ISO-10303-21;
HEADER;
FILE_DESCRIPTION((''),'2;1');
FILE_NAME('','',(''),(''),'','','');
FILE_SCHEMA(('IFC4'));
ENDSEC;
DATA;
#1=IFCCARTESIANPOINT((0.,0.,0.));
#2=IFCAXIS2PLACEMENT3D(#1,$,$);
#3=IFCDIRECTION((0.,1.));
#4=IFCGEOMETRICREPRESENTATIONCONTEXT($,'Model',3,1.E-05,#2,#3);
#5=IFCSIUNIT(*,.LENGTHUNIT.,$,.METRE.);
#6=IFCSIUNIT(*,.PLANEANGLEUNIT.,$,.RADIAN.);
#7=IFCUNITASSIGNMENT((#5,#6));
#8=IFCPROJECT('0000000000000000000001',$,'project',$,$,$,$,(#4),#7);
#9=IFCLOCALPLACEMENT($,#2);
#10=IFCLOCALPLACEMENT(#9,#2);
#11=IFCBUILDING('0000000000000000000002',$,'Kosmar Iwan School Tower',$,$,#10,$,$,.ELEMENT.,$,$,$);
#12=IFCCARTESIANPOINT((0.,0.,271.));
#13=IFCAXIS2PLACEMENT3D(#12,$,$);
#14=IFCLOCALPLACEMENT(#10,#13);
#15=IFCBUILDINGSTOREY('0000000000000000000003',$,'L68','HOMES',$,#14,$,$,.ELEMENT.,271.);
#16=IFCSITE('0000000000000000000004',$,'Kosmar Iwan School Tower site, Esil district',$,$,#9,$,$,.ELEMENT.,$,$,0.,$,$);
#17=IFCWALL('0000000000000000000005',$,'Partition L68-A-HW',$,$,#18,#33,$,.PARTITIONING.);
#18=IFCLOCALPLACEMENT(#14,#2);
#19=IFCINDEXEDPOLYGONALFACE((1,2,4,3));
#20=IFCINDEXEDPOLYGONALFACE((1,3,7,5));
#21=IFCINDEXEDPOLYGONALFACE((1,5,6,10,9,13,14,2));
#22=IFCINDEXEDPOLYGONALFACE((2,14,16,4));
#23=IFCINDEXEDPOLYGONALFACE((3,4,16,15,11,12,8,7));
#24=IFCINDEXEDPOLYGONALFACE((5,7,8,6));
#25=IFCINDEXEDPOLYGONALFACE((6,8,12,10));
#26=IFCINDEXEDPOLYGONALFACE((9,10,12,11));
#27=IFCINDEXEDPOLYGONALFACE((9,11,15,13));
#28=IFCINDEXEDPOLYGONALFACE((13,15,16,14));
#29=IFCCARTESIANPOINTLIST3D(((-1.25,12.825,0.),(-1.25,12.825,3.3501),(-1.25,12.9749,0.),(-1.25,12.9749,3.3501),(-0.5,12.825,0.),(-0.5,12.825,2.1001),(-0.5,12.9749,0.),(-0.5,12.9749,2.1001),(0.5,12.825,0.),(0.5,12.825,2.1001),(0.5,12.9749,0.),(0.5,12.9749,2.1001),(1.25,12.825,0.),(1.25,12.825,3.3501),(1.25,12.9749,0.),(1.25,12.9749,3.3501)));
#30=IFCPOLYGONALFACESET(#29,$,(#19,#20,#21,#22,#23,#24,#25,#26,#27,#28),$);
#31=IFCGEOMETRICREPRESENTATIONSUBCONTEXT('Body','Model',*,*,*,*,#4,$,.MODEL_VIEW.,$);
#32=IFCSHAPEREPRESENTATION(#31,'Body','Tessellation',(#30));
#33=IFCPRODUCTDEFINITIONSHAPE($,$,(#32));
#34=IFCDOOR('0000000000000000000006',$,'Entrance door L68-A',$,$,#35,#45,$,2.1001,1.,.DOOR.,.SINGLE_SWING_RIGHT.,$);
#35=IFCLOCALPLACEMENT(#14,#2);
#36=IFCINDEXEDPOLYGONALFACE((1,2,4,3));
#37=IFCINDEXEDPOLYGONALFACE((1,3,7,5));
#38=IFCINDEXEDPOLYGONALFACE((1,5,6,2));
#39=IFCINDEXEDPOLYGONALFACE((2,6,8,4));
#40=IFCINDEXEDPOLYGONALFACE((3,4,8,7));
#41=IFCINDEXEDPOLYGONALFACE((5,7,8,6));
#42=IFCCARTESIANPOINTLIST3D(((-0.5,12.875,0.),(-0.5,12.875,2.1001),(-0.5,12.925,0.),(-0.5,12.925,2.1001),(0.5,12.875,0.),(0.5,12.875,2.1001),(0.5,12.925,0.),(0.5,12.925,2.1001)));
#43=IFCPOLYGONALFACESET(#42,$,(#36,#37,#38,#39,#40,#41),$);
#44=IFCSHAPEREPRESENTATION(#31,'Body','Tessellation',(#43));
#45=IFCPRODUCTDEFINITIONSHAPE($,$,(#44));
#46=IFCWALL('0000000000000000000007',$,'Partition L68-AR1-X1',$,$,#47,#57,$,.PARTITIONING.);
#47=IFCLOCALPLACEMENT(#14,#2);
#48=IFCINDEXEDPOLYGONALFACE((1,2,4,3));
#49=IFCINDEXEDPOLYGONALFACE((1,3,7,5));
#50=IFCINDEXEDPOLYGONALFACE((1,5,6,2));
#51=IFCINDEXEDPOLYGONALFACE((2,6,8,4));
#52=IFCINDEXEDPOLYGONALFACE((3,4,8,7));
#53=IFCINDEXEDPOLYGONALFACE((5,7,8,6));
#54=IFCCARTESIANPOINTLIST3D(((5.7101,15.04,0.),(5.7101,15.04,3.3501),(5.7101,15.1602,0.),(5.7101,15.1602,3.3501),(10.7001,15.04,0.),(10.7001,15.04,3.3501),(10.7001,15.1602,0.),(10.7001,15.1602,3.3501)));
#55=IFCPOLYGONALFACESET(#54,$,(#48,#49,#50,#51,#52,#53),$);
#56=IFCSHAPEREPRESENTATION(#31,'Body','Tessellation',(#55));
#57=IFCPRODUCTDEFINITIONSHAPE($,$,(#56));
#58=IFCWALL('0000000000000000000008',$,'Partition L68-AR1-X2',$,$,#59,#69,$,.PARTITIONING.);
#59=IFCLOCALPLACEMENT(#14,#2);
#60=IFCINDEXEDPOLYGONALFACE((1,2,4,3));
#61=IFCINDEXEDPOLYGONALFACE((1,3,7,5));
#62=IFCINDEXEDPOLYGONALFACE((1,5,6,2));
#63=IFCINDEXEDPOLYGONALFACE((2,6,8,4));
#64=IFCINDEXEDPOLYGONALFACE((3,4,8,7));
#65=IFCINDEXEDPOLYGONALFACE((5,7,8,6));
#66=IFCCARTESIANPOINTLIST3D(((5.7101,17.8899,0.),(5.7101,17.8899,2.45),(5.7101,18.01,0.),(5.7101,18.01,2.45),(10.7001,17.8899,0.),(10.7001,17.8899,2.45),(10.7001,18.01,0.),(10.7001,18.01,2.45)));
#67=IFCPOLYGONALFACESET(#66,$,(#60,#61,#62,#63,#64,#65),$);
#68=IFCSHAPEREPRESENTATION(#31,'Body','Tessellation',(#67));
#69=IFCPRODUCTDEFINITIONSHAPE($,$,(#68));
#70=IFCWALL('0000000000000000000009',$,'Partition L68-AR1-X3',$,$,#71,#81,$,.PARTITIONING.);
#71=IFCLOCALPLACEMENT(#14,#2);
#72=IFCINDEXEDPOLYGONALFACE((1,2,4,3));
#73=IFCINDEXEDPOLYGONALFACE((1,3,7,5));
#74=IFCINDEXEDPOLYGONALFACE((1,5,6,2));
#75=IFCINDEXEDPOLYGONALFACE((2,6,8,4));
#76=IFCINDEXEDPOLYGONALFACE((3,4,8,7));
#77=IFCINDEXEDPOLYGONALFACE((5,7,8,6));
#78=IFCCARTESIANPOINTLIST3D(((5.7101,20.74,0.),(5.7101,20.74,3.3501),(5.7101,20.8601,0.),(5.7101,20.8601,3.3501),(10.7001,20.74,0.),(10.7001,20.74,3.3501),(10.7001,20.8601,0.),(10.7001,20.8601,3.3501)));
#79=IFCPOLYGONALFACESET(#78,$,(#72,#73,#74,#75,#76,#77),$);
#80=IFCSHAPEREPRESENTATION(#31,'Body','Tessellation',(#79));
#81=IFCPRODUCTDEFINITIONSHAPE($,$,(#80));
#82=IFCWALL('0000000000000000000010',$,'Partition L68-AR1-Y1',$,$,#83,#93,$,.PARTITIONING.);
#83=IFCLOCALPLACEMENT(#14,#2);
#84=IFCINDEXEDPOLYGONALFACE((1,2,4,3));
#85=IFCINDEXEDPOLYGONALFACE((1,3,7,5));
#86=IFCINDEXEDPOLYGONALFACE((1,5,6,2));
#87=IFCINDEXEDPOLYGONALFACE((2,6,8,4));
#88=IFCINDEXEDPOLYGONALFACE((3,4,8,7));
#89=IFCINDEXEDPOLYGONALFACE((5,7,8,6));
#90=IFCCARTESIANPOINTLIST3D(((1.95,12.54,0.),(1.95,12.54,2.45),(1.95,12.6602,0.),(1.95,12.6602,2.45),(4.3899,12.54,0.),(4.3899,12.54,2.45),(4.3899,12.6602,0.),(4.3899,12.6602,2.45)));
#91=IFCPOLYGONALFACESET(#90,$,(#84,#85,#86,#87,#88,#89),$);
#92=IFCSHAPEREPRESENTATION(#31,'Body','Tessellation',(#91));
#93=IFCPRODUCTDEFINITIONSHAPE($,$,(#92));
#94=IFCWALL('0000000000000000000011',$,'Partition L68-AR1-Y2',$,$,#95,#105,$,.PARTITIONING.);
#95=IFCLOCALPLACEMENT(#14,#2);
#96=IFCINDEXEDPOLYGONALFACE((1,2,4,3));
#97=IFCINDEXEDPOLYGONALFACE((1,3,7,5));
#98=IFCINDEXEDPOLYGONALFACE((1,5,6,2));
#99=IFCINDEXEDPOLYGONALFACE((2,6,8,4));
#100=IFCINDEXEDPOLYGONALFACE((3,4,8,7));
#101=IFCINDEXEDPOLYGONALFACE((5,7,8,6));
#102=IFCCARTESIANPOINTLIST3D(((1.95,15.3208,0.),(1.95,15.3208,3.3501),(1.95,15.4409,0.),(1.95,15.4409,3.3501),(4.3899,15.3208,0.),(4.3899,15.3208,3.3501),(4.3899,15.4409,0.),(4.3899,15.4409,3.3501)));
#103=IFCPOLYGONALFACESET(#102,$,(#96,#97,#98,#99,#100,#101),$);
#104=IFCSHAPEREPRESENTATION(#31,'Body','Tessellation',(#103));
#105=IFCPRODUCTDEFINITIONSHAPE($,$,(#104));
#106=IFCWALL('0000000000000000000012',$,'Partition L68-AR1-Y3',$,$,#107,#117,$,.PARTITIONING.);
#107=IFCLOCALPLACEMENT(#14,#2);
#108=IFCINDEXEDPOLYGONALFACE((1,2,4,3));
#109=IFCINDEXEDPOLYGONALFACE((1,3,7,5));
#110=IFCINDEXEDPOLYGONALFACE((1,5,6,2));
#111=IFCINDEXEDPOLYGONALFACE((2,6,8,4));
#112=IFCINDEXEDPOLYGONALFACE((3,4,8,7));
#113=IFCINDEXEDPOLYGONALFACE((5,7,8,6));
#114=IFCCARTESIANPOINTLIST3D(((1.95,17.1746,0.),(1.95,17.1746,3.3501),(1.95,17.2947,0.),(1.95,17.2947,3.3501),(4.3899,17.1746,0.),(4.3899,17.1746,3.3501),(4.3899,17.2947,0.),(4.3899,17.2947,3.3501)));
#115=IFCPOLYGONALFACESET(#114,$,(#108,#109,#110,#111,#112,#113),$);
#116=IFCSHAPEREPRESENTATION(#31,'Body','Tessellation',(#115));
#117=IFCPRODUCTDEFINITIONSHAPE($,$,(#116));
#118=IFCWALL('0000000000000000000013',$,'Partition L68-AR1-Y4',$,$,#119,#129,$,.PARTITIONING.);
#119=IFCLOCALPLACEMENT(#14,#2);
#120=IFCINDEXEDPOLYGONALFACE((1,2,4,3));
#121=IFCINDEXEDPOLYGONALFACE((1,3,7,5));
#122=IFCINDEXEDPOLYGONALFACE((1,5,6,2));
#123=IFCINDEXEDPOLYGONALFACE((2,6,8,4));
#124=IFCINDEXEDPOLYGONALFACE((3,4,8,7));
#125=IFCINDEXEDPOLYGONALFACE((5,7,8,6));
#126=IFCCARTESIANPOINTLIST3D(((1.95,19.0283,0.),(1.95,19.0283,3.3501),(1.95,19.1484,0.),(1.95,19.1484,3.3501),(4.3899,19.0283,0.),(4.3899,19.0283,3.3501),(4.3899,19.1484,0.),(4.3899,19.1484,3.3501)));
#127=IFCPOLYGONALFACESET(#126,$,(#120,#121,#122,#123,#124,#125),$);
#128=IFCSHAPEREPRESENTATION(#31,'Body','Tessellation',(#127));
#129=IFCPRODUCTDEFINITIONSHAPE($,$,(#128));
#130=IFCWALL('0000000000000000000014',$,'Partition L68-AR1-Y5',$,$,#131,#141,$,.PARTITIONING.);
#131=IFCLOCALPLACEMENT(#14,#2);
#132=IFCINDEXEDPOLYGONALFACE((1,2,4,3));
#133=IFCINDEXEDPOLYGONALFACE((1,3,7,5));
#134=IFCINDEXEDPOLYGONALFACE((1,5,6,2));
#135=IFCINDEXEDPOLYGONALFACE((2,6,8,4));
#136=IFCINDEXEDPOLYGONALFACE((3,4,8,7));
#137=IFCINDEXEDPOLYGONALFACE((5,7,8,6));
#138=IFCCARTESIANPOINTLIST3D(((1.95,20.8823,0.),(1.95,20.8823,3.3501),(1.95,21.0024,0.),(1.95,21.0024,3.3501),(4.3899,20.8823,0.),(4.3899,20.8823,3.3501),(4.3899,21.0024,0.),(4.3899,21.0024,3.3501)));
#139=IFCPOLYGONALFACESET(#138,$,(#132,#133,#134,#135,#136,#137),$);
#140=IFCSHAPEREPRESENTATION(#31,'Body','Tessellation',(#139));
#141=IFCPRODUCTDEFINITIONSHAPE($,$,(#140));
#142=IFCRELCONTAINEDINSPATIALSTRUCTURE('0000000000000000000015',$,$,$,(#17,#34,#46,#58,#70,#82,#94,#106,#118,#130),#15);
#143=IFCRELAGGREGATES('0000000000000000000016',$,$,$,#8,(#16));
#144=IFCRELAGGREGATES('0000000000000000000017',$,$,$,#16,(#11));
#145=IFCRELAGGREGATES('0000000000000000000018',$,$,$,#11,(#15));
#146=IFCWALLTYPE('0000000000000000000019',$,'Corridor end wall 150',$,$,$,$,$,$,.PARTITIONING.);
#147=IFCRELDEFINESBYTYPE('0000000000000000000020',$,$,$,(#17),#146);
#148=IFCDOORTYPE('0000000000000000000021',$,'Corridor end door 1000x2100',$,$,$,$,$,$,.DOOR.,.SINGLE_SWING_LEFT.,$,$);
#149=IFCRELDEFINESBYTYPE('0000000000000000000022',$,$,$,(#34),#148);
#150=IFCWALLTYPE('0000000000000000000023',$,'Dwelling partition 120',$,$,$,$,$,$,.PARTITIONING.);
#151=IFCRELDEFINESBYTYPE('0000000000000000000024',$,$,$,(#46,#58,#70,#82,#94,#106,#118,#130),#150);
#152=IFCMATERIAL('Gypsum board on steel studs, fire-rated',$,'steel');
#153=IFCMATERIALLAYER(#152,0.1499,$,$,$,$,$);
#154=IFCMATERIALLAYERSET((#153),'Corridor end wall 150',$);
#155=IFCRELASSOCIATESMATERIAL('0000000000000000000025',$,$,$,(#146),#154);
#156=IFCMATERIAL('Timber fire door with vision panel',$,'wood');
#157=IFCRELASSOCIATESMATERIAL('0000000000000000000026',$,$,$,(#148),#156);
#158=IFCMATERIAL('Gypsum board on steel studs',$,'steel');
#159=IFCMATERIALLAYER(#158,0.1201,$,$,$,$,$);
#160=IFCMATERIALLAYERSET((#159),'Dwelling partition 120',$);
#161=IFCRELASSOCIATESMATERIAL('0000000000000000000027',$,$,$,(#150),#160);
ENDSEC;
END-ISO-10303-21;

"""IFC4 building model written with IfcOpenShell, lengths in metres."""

from ifc_helpers import new_model, si_unit, direction, frame, frame_2d, origin, place, context, subcontext, project, spatial, rectangle, extrude, material, layer, layer_set, type_object, element, fill, save


model = new_model("IFC4")

# Units and contexts
model_context = context("Model", 3, precision=1e-05, world=origin(), true_north=direction((0.0, 1.0)))
body_context = subcontext(model_context, "Body", "Model", "MODEL_VIEW")
ifc_project = project(units=[si_unit("LENGTHUNIT", "METRE"), si_unit("PLANEANGLEUNIT", "RADIAN")], contexts=[model_context])

# Site, building, storey
site_placement = place(None, origin())
site = spatial("IfcSite", under=ifc_project, at=site_placement, Name="Kosmar Iwan School Tower site, Esil district", CompositionType="ELEMENT", RefElevation=0.0)
building_placement = place(site_placement, origin())
building = spatial("IfcBuilding", under=site, at=building_placement, Name="Kosmar Iwan School Tower", CompositionType="ELEMENT")
storey_placement = place(building_placement, frame((0.0, 0.0, 271.0)))
storey = spatial("IfcBuildingStorey", under=building, at=storey_placement, Name="L68", Description="HOMES", CompositionType="ELEMENT", Elevation=271.0)

# Wall, opening, door
ifc_material_1 = material(Name="Gypsum board on steel studs, fire-rated", Category="steel")
ifc_layer_1 = layer(ifc_material_1, 0.1499)
ifc_layer_set_1 = layer_set([ifc_layer_1], Name="Corridor end wall 150")
wall_type_1 = type_object("IfcWallType", Name="Corridor end wall 150", PredefinedType="PARTITIONING", material=ifc_layer_set_1)
ifc_material_2 = material(Name="Timber fire door with vision panel", Category="wood")
door_type = type_object("IfcDoorType", Name="Corridor end door 1000x2100", OperationType="SINGLE_SWING_LEFT", PredefinedType="DOOR", material=ifc_material_2)
wall_1_placement = place(storey_placement, frame((1.25, 12.8999, 0.0), z_axis=(0.0, 0.0, 1.0), x_axis=(-1.0, 0.0, 0.0)))
wall_1 = element("IfcWall", 1, at=wall_1_placement, inside=storey, type_object=wall_type_1, Name="Partition L68-A-HW", PredefinedType="PARTITIONING", context=body_context, shape_type="SweptSolid", body=[
    extrude(rectangle(XDim=2.5, YDim=0.1499, at=frame_2d((1.25, 0.0))), origin(), (0.0, 0.0, 1.0), 3.3501),
])
opening_1_placement = place(wall_1_placement, frame((0.75, 0.0, 0.0)))
opening_1 = element("IfcOpeningElement", 2, at=opening_1_placement, cuts=wall_1, PredefinedType="OPENING", context=body_context, shape_type="SweptSolid", body=[
    extrude(rectangle(XDim=1.0, YDim=2.1001, at=frame_2d((0.5, 1.05))), frame((0.0, 0.0869, 0.0), z_axis=(0.0, -1.0, 0.0), x_axis=(1.0, 0.0, 0.0)), (0.0, 0.0, 1.0), 0.1738),
])
door_1_placement = place(opening_1_placement, origin())
door_1 = element("IfcDoor", 3, at=door_1_placement, inside=storey, type_object=door_type, Name="Entrance door L68-A", OperationType="SINGLE_SWING_RIGHT", OverallHeight=2.1001, OverallWidth=1.0, PredefinedType="DOOR", context=body_context, shape_type="SweptSolid", body=[
    extrude(rectangle(XDim=1.0, YDim=2.1001, at=frame_2d((0.5, 1.05))), frame((0.0, 0.0249, 0.0), z_axis=(0.0, -1.0, 0.0), x_axis=(1.0, 0.0, 0.0)), (0.0, 0.0, 1.0), 0.05),
])
fill(opening_1, door_1)

# Walls
ifc_material_3 = material(Name="Gypsum board on steel studs", Category="steel")
ifc_layer_2 = layer(ifc_material_3, 0.1201)
ifc_layer_set_2 = layer_set([ifc_layer_2], Name="Dwelling partition 120")
wall_type_2 = type_object("IfcWallType", Name="Dwelling partition 120", PredefinedType="PARTITIONING", material=ifc_layer_set_2)
wall_2_placement = place(storey_placement, frame((5.71, 15.1001, 0.0), z_axis=(0.0, 0.0, 1.0), x_axis=(1.0, 0.0, 0.0)))
element("IfcWall", 4, at=wall_2_placement, inside=storey, type_object=wall_type_2, Name="Partition L68-AR1-X1", PredefinedType="PARTITIONING", context=body_context, shape_type="SweptSolid", body=[
    extrude(rectangle(XDim=4.99, YDim=0.1201, at=frame_2d((2.4951, 0.0))), origin(), (0.0, 0.0, 1.0), 3.3501),
])
wall_3_placement = place(storey_placement, frame((5.71, 17.95, 0.0), z_axis=(0.0, 0.0, 1.0), x_axis=(1.0, 0.0, 0.0)))
element("IfcWall", 5, at=wall_3_placement, inside=storey, type_object=wall_type_2, Name="Partition L68-AR1-X2", PredefinedType="PARTITIONING", context=body_context, shape_type="SweptSolid", body=[
    extrude(rectangle(XDim=4.99, YDim=0.1201, at=frame_2d((2.4951, 0.0))), origin(), (0.0, 0.0, 1.0), 2.45),
])
wall_4_placement = place(storey_placement, frame((5.71, 20.8, 0.0), z_axis=(0.0, 0.0, 1.0), x_axis=(1.0, 0.0, 0.0)))
element("IfcWall", 6, at=wall_4_placement, inside=storey, type_object=wall_type_2, Name="Partition L68-AR1-X3", PredefinedType="PARTITIONING", context=body_context, shape_type="SweptSolid", body=[
    extrude(rectangle(XDim=4.99, YDim=0.1201, at=frame_2d((2.4951, 0.0))), origin(), (0.0, 0.0, 1.0), 3.3501),
])
wall_5_placement = place(storey_placement, frame((1.95, 12.6001, 0.0), z_axis=(0.0, 0.0, 1.0), x_axis=(1.0, 0.0, 0.0)))
element("IfcWall", 7, at=wall_5_placement, inside=storey, type_object=wall_type_2, Name="Partition L68-AR1-Y1", PredefinedType="PARTITIONING", context=body_context, shape_type="SweptSolid", body=[
    extrude(rectangle(XDim=2.4399, YDim=0.1201, at=frame_2d((1.22, 0.0))), origin(), (0.0, 0.0, 1.0), 2.45),
])
for number, where, z_axis, x_axis, name in (
    (8, (1.95, 15.3809, 0.0), (0.0, 0.0, 1.0), (1.0, 0.0, 0.0), "Partition L68-AR1-Y2"),
    (9, (1.95, 17.2346, 0.0), (0.0, 0.0, 1.0), (1.0, 0.0, 0.0), "Partition L68-AR1-Y3"),
    (10, (1.95, 19.0884, 0.0), (0.0, 0.0, 1.0), (1.0, 0.0, 0.0), "Partition L68-AR1-Y4"),
    (11, (1.95, 20.9424, 0.0), (0.0, 0.0, 1.0), (1.0, 0.0, 0.0), "Partition L68-AR1-Y5"),
):
    element("IfcWall", number, at=place(storey_placement, frame(where, z_axis=z_axis, x_axis=x_axis)), inside=storey, type_object=wall_type_2, Name=name, PredefinedType="PARTITIONING", context=body_context, shape_type="SweptSolid", body=[
        extrude(rectangle(XDim=2.4399, YDim=0.1201, at=frame_2d((1.22, 0.0))), origin(), (0.0, 0.0, 1.0), 3.3501),
    ])

save(model, "model.ifc")
